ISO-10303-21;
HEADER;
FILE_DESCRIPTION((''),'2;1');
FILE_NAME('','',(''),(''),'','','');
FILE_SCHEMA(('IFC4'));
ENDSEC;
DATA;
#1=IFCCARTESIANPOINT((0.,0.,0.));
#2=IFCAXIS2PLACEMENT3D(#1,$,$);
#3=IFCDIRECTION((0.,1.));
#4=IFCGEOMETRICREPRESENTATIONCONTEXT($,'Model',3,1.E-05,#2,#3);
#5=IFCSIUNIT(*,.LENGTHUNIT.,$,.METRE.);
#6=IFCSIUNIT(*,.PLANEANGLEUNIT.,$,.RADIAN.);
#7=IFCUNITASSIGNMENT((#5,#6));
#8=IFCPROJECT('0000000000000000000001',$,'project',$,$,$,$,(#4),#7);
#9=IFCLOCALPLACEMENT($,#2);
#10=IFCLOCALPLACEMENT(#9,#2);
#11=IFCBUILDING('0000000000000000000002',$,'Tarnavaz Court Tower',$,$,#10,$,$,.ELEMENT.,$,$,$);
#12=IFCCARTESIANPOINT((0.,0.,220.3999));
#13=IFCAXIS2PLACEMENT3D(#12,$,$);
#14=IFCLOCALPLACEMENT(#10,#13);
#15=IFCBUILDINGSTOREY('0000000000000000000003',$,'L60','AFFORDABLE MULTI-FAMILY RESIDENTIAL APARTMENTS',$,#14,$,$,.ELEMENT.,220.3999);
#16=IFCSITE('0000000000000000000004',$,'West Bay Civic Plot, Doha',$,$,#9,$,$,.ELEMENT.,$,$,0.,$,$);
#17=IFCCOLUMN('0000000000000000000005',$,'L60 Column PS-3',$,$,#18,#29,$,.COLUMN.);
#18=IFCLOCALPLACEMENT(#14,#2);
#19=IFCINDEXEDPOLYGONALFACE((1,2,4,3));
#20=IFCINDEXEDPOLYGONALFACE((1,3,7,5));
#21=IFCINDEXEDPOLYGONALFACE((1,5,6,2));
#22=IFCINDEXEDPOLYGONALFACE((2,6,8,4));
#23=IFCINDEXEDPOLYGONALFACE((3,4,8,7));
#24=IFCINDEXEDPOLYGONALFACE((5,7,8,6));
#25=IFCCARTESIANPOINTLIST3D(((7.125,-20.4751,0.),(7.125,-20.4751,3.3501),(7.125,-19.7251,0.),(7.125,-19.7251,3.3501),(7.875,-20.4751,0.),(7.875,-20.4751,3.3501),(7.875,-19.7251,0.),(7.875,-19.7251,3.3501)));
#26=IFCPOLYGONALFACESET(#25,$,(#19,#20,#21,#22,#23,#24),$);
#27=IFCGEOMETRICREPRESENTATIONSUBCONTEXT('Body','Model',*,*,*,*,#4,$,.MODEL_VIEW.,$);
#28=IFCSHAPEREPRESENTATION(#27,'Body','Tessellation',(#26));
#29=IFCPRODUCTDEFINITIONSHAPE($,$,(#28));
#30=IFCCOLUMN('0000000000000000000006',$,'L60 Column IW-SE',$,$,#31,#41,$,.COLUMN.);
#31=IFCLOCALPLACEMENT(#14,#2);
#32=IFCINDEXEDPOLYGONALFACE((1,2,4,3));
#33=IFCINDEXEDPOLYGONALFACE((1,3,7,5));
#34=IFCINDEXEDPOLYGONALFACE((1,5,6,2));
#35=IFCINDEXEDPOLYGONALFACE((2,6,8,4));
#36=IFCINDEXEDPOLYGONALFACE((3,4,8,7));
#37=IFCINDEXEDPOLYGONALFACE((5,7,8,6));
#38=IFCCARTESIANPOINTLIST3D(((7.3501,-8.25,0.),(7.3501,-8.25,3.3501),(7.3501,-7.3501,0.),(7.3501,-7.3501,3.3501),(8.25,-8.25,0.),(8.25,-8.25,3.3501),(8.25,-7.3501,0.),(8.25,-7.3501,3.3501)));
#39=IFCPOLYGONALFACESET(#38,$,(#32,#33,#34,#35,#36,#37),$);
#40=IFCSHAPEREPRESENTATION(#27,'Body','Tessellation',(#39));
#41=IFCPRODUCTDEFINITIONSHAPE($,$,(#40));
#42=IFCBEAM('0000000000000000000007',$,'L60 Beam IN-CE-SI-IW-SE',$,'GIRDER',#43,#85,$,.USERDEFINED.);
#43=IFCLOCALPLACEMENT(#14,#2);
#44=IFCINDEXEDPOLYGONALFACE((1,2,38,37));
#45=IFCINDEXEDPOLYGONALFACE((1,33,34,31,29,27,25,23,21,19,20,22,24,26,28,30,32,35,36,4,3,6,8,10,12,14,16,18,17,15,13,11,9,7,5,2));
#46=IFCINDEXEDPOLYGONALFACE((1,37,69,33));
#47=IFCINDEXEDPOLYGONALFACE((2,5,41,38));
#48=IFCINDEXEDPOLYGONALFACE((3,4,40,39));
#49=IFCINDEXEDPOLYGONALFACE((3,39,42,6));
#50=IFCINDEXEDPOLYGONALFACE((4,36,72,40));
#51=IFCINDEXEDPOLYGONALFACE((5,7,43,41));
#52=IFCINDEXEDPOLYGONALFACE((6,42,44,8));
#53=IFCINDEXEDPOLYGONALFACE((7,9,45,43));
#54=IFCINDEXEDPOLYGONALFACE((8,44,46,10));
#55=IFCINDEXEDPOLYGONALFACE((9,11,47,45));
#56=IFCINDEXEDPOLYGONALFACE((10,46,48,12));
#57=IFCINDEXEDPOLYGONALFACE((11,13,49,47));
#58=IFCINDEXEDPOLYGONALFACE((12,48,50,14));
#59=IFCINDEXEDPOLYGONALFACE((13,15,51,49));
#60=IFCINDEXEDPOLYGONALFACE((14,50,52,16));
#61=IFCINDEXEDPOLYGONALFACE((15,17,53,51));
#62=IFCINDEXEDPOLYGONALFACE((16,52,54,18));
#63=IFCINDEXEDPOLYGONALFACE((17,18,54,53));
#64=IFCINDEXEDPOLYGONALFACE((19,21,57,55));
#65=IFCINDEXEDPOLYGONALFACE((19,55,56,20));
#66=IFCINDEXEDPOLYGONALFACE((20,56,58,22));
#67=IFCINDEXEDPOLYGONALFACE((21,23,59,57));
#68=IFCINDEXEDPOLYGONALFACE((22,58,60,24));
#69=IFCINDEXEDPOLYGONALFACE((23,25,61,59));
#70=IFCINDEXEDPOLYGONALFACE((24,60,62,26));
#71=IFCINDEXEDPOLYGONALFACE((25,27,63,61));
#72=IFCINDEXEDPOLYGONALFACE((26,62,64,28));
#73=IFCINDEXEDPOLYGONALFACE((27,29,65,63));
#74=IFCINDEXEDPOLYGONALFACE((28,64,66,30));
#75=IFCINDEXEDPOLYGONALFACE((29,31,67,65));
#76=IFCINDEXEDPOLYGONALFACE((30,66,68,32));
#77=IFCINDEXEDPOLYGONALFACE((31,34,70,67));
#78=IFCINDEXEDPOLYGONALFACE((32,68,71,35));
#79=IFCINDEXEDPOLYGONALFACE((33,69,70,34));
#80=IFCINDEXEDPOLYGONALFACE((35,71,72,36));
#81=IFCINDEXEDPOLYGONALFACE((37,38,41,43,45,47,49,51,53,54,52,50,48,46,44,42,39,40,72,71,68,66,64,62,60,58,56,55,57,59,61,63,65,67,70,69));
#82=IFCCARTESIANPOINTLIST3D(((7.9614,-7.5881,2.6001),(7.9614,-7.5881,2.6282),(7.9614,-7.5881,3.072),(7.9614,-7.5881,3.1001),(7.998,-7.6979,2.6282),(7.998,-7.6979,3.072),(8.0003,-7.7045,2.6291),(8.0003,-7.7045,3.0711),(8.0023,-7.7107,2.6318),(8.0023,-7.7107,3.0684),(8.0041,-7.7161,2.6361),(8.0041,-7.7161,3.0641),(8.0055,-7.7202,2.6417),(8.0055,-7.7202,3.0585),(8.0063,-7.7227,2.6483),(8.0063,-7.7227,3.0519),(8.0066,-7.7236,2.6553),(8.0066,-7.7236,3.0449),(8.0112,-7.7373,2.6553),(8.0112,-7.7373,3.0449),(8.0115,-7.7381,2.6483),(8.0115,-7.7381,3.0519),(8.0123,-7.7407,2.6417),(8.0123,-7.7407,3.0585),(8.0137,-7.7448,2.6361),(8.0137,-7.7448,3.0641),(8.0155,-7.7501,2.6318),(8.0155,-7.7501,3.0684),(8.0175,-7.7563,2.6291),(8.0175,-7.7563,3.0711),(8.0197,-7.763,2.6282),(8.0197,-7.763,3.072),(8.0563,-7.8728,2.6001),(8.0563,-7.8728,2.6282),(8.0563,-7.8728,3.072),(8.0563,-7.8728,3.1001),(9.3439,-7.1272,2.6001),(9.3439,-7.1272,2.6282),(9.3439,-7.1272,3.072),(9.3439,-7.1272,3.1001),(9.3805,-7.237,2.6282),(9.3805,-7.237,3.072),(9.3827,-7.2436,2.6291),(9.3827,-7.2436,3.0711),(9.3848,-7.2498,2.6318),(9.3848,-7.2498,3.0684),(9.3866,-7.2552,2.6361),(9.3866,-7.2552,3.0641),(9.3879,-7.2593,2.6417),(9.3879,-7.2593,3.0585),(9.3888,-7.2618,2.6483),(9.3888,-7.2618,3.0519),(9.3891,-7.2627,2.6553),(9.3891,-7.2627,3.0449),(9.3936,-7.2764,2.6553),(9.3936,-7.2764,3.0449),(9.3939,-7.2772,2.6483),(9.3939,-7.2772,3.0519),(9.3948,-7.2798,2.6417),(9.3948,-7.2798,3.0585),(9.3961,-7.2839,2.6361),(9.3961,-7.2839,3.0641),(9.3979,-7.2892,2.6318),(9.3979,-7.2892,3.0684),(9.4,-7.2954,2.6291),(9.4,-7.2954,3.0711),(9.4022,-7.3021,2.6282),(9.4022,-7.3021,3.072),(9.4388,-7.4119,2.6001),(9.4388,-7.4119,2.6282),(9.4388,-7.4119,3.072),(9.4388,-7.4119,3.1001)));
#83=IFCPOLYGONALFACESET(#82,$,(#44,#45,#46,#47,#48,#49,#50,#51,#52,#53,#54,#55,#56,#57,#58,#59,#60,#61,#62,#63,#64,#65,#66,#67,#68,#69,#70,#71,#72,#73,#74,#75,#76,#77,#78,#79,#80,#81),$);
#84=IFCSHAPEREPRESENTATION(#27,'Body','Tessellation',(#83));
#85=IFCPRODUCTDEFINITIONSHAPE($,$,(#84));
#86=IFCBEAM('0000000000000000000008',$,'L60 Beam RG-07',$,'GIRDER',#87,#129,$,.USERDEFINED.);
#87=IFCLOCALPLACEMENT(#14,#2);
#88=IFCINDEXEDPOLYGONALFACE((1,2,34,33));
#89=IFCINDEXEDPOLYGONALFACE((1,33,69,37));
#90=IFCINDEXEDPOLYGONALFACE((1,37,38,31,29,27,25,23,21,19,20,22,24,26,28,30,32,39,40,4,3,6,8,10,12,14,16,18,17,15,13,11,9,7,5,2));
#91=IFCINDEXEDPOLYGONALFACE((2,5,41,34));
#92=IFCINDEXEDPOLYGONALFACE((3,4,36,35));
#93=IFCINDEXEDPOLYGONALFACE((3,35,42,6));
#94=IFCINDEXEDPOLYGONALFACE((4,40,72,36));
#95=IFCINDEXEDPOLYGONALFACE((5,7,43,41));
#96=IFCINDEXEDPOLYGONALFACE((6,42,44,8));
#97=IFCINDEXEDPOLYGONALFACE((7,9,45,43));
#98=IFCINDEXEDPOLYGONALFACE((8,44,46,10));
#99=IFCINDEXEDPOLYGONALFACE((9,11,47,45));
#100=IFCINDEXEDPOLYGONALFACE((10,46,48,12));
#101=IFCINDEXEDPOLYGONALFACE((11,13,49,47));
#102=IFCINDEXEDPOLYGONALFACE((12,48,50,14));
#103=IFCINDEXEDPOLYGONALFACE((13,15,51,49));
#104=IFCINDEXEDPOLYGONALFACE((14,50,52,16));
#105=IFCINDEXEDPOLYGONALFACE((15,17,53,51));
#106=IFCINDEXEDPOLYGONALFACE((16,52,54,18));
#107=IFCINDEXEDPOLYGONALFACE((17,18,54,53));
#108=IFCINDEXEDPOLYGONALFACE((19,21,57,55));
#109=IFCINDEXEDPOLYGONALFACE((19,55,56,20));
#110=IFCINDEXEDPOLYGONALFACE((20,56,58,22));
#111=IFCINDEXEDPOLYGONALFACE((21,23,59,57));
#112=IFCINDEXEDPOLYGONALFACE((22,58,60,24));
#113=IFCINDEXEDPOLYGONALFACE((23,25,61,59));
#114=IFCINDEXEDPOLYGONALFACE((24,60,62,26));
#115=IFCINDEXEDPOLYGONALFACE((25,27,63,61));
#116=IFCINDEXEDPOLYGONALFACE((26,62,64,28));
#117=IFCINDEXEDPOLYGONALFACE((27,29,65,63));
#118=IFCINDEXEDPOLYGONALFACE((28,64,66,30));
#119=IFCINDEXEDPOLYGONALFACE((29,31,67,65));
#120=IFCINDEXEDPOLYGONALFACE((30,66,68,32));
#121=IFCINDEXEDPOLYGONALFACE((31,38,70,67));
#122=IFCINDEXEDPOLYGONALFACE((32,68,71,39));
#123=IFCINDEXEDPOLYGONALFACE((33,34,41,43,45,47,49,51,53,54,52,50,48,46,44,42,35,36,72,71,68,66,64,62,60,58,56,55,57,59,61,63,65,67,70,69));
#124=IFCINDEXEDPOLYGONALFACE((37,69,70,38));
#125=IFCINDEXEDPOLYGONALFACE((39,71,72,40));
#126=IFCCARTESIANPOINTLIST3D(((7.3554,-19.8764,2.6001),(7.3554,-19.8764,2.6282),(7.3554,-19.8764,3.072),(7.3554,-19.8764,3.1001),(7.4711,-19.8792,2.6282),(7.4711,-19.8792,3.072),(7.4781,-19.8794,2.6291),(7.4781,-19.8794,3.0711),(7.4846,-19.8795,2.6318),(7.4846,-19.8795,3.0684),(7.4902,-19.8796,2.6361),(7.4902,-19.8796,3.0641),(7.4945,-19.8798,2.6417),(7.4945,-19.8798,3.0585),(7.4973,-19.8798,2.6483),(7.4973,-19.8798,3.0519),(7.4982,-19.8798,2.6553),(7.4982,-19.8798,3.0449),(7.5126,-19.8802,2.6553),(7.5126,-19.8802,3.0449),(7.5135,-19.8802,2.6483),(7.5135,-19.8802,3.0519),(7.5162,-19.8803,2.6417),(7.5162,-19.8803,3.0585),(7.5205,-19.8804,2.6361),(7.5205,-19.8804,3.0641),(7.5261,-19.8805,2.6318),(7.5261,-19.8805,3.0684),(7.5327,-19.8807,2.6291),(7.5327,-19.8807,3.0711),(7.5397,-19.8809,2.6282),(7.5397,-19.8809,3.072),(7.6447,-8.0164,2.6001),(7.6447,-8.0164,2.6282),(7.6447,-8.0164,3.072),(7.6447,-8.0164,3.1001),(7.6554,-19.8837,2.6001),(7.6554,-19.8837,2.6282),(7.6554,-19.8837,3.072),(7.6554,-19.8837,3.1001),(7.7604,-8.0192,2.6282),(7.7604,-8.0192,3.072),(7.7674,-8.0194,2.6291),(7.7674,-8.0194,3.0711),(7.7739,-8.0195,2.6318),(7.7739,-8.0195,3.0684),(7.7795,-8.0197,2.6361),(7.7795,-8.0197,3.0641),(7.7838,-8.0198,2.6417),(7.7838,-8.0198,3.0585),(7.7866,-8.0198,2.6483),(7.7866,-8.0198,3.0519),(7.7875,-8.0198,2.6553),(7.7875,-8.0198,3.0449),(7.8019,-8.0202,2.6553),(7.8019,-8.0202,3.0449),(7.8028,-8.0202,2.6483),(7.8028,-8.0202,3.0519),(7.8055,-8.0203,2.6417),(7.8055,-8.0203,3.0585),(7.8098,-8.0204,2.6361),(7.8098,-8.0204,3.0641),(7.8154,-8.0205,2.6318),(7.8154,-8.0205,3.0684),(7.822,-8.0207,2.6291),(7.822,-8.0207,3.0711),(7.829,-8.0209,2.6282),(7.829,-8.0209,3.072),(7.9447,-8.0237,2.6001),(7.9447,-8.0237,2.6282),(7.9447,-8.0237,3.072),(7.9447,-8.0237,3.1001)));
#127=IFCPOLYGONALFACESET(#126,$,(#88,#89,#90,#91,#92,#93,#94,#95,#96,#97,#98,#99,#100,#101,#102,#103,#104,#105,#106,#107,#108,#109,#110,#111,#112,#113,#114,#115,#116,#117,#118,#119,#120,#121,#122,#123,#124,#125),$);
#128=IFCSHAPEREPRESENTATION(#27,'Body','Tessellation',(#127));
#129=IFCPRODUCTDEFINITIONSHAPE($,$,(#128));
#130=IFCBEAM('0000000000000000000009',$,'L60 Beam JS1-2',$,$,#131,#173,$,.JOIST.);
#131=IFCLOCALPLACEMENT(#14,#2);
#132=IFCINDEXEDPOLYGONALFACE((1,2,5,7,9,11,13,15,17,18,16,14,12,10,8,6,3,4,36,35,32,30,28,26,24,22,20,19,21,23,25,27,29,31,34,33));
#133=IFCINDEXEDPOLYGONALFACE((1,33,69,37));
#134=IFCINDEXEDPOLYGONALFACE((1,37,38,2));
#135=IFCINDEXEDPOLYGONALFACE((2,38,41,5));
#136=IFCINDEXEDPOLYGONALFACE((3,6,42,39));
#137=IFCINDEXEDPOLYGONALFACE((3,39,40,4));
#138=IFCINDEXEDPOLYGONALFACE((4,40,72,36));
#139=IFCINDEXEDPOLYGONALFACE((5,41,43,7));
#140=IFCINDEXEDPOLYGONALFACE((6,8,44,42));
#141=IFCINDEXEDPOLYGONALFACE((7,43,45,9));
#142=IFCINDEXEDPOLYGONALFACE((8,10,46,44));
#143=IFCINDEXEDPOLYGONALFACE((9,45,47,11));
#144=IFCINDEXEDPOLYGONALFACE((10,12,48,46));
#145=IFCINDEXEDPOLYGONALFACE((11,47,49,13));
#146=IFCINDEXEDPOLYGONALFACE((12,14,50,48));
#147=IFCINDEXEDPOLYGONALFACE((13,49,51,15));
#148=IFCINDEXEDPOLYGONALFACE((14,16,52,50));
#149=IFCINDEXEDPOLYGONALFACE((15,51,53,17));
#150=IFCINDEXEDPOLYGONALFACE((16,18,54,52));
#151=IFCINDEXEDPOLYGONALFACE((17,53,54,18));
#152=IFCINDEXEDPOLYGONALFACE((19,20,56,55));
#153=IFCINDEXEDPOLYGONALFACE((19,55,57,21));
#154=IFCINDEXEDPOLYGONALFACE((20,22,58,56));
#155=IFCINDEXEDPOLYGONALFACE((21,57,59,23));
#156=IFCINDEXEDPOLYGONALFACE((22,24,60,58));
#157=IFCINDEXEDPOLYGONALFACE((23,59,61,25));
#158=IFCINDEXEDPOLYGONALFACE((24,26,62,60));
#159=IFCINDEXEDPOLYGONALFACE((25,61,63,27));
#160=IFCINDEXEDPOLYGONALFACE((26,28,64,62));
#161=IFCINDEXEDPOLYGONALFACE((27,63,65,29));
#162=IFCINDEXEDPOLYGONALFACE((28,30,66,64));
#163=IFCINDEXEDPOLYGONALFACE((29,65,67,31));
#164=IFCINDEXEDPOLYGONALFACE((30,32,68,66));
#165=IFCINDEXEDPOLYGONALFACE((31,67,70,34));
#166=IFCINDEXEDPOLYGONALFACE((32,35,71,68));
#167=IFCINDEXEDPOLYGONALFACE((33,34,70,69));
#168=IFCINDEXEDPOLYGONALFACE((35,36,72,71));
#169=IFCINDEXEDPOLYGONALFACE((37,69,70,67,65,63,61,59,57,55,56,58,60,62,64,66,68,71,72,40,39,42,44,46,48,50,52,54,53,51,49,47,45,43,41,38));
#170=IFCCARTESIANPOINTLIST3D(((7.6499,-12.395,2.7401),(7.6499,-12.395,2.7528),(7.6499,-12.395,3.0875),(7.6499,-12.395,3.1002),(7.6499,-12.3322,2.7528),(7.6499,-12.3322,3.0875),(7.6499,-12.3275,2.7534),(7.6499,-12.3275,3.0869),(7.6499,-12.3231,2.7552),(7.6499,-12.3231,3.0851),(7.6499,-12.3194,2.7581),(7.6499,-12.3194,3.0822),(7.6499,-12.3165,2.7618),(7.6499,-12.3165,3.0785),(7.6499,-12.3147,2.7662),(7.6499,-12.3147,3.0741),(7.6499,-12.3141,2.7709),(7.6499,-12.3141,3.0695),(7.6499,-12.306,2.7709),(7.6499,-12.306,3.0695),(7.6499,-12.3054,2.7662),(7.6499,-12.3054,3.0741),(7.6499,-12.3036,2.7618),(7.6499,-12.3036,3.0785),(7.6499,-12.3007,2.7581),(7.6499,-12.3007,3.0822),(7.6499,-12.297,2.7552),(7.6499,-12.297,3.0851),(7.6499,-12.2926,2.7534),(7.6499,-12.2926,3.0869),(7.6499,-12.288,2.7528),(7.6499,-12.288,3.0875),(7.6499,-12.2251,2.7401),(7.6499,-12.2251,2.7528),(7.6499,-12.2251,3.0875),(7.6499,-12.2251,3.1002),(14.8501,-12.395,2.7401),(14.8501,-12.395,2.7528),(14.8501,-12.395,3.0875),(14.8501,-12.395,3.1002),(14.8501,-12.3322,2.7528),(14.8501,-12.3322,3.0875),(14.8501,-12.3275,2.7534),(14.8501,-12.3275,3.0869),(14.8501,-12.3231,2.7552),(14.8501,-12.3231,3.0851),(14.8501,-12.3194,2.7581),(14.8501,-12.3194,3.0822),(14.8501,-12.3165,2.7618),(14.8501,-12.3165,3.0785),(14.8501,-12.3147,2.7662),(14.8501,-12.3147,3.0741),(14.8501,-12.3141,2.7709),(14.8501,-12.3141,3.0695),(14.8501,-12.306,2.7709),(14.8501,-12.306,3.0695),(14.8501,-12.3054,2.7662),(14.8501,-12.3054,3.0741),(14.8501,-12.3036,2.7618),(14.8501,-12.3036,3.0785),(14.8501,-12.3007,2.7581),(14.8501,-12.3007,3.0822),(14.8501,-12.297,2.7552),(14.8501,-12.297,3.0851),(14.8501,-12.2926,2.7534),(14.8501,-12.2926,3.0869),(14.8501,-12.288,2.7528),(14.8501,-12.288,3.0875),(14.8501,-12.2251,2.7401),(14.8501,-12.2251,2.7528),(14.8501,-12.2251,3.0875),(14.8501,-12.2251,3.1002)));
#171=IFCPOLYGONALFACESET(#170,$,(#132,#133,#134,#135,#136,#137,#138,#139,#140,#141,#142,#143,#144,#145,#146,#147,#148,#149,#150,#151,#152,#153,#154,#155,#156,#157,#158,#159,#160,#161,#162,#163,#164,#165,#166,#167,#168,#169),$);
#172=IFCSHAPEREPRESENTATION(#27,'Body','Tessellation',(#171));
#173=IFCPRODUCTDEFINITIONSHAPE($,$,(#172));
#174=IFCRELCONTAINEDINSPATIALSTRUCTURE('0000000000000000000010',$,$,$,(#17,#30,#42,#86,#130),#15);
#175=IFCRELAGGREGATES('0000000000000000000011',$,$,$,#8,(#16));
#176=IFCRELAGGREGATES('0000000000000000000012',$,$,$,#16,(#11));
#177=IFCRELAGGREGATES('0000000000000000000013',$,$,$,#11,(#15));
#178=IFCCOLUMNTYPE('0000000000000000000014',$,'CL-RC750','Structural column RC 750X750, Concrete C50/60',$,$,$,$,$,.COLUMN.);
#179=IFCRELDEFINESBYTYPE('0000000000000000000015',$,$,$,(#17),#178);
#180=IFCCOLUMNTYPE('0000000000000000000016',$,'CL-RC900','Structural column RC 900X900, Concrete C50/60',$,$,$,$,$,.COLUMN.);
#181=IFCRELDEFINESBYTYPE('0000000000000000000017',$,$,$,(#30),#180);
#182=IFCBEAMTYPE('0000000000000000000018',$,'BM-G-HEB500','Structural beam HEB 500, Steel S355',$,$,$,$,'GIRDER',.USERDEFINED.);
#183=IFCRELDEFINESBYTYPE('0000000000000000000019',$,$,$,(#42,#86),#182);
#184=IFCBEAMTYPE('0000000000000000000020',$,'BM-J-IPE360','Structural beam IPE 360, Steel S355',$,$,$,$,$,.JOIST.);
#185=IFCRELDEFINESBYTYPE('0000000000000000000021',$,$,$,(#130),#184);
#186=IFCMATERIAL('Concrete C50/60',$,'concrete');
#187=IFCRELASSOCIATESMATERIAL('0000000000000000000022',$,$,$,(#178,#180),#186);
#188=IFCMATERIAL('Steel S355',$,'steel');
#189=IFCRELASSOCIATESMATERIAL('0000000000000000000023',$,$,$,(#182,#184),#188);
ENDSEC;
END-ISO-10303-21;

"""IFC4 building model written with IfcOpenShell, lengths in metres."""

from ifc_helpers import new_model, si_unit, direction, frame, origin, origin_2d, place, context, subcontext, project, spatial, rectangle, i_section, extrude, material, material_profile, profile_set, type_object, element, save


model = new_model("IFC4")

# Units and contexts
model_context = context("Model", 3, precision=1e-05, world=origin(), true_north=direction((0.0, 1.0)))
body_context = subcontext(model_context, "Body", "Model", "MODEL_VIEW")
ifc_project = project(units=[si_unit("LENGTHUNIT", "METRE"), si_unit("PLANEANGLEUNIT", "RADIAN")], contexts=[model_context])

# Site, building, storey
site_placement = place(None, origin())
site = spatial("IfcSite", under=ifc_project, at=site_placement, Name="West Bay Civic Plot, Doha", CompositionType="ELEMENT", RefElevation=0.0)
building_placement = place(site_placement, origin())
building = spatial("IfcBuilding", under=site, at=building_placement, Name="Tarnavaz Court Tower", CompositionType="ELEMENT")
storey_placement = place(building_placement, frame((0.0, 0.0, 220.3999)))
storey = spatial("IfcBuildingStorey", under=building, at=storey_placement, Name="L60", Description="AFFORDABLE MULTI-FAMILY RESIDENTIAL APARTMENTS", CompositionType="ELEMENT", Elevation=220.3999)

# Columns
ifc_material_1 = material(Name="Concrete C50/60", Category="concrete")
ifc_material_profile_1 = material_profile(ifc_material_1, rectangle(XDim=0.75, YDim=0.75, at=origin_2d()), Name="RC 750X750")
ifc_profile_set_1 = profile_set([ifc_material_profile_1], Name="Concrete C50/60")
column_type_1 = type_object("IfcColumnType", Name="CL-RC750", Description="Structural column RC 750X750, Concrete C50/60", PredefinedType="COLUMN", material=ifc_profile_set_1)
column_1_placement = place(storey_placement, frame((7.5, -20.1001, 0.0), z_axis=(0.0, 0.0, 1.0), x_axis=(1.0, 0.0, 0.0)))
element("IfcColumn", 1, at=column_1_placement, inside=storey, type_object=column_type_1, Name="L60 Column PS-3", PredefinedType="COLUMN", context=body_context, shape_type="SweptSolid", body=[
    extrude(rectangle(XDim=0.75, YDim=0.75, at=origin_2d()), origin(), (0.0, 0.0, 1.0), 3.3501),
])
ifc_material_profile_2 = material_profile(ifc_material_1, rectangle(XDim=0.8999, YDim=0.8999, at=origin_2d()), Name="RC 900X900")
ifc_profile_set_2 = profile_set([ifc_material_profile_2], Name="Concrete C50/60")
column_type_2 = type_object("IfcColumnType", Name="CL-RC900", Description="Structural column RC 900X900, Concrete C50/60", PredefinedType="COLUMN", material=ifc_profile_set_2)
column_2_placement = place(storey_placement, frame((7.8, -7.8, 0.0), z_axis=(0.0, 0.0, 1.0), x_axis=(1.0, 0.0, 0.0)))
element("IfcColumn", 2, at=column_2_placement, inside=storey, type_object=column_type_2, Name="L60 Column IW-SE", PredefinedType="COLUMN", context=body_context, shape_type="SweptSolid", body=[
    extrude(rectangle(XDim=0.8999, YDim=0.8999, at=origin_2d()), origin(), (0.0, 0.0, 1.0), 3.3501),
])

# Beams
ifc_material_2 = material(Name="Steel S355", Category="steel")
ifc_material_profile_3 = material_profile(ifc_material_2, i_section(OverallWidth=0.3, OverallDepth=0.5, WebThickness=0.0144, FlangeThickness=0.0281, FilletRadius=0.0271, at=origin_2d()), Name="HEB 500")
ifc_profile_set_3 = profile_set([ifc_material_profile_3], Name="Steel S355")
beam_type_1 = type_object("IfcBeamType", Name="BM-G-HEB500", Description="Structural beam HEB 500, Steel S355", ElementType="GIRDER", PredefinedType="USERDEFINED", material=ifc_profile_set_3)
beam_1_placement = place(storey_placement, frame((9.3914, -7.2695, 2.8501), z_axis=(-0.948667, -0.316278, 0.0), x_axis=(0.316278, -0.948667, 0.0)))
element("IfcBeam", 3, at=beam_1_placement, inside=storey, type_object=beam_type_1, Name="L60 Beam IN-CE-SI-IW-SE", ObjectType="GIRDER", PredefinedType="USERDEFINED", context=body_context, shape_type="SweptSolid", body=[
    extrude(i_section(OverallWidth=0.3, OverallDepth=0.5, WebThickness=0.0144, FlangeThickness=0.0281, FilletRadius=0.0271, at=origin_2d()), origin(), (0.0, 0.0, 1.0), 1.4573),
])
beam_2_placement = place(storey_placement, frame((7.7947, -8.02, 2.8501), z_axis=(-0.024386, -0.999703, 0.0), x_axis=(0.999703, -0.024386, 0.0)))
element("IfcBeam", 4, at=beam_2_placement, inside=storey, type_object=beam_type_1, Name="L60 Beam RG-07", ObjectType="GIRDER", PredefinedType="USERDEFINED", context=body_context, shape_type="SweptSolid", body=[
    extrude(i_section(OverallWidth=0.3, OverallDepth=0.5, WebThickness=0.0144, FlangeThickness=0.0281, FilletRadius=0.0271, at=origin_2d()), origin(), (0.0, 0.0, 1.0), 11.8635),
])
ifc_material_profile_4 = material_profile(ifc_material_2, i_section(OverallWidth=0.1699, OverallDepth=0.3601, WebThickness=0.0081, FlangeThickness=0.0127, FilletRadius=0.0181, at=origin_2d()), Name="IPE 360")
ifc_profile_set_4 = profile_set([ifc_material_profile_4], Name="Steel S355")
beam_type_2 = type_object("IfcBeamType", Name="BM-J-IPE360", Description="Structural beam IPE 360, Steel S355", PredefinedType="JOIST", material=ifc_profile_set_4)
for number, where, z_axis, x_axis, name in (
    (5, (7.6499, -12.3101, 2.9202), (1.0, 0.0, 0.0), (0.0, 1.0, 0.0), "L60 Beam JS1-2"),
):
    element("IfcBeam", number, at=place(storey_placement, frame(where, z_axis=z_axis, x_axis=x_axis)), inside=storey, type_object=beam_type_2, Name=name, PredefinedType="JOIST", context=body_context, shape_type="SweptSolid", body=[
        extrude(i_section(OverallWidth=0.1699, OverallDepth=0.3601, WebThickness=0.0081, FlangeThickness=0.0127, FilletRadius=0.0181, at=origin_2d()), origin(), (0.0, 0.0, 1.0), 7.2002),
    ])

save(model, "model.ifc")
